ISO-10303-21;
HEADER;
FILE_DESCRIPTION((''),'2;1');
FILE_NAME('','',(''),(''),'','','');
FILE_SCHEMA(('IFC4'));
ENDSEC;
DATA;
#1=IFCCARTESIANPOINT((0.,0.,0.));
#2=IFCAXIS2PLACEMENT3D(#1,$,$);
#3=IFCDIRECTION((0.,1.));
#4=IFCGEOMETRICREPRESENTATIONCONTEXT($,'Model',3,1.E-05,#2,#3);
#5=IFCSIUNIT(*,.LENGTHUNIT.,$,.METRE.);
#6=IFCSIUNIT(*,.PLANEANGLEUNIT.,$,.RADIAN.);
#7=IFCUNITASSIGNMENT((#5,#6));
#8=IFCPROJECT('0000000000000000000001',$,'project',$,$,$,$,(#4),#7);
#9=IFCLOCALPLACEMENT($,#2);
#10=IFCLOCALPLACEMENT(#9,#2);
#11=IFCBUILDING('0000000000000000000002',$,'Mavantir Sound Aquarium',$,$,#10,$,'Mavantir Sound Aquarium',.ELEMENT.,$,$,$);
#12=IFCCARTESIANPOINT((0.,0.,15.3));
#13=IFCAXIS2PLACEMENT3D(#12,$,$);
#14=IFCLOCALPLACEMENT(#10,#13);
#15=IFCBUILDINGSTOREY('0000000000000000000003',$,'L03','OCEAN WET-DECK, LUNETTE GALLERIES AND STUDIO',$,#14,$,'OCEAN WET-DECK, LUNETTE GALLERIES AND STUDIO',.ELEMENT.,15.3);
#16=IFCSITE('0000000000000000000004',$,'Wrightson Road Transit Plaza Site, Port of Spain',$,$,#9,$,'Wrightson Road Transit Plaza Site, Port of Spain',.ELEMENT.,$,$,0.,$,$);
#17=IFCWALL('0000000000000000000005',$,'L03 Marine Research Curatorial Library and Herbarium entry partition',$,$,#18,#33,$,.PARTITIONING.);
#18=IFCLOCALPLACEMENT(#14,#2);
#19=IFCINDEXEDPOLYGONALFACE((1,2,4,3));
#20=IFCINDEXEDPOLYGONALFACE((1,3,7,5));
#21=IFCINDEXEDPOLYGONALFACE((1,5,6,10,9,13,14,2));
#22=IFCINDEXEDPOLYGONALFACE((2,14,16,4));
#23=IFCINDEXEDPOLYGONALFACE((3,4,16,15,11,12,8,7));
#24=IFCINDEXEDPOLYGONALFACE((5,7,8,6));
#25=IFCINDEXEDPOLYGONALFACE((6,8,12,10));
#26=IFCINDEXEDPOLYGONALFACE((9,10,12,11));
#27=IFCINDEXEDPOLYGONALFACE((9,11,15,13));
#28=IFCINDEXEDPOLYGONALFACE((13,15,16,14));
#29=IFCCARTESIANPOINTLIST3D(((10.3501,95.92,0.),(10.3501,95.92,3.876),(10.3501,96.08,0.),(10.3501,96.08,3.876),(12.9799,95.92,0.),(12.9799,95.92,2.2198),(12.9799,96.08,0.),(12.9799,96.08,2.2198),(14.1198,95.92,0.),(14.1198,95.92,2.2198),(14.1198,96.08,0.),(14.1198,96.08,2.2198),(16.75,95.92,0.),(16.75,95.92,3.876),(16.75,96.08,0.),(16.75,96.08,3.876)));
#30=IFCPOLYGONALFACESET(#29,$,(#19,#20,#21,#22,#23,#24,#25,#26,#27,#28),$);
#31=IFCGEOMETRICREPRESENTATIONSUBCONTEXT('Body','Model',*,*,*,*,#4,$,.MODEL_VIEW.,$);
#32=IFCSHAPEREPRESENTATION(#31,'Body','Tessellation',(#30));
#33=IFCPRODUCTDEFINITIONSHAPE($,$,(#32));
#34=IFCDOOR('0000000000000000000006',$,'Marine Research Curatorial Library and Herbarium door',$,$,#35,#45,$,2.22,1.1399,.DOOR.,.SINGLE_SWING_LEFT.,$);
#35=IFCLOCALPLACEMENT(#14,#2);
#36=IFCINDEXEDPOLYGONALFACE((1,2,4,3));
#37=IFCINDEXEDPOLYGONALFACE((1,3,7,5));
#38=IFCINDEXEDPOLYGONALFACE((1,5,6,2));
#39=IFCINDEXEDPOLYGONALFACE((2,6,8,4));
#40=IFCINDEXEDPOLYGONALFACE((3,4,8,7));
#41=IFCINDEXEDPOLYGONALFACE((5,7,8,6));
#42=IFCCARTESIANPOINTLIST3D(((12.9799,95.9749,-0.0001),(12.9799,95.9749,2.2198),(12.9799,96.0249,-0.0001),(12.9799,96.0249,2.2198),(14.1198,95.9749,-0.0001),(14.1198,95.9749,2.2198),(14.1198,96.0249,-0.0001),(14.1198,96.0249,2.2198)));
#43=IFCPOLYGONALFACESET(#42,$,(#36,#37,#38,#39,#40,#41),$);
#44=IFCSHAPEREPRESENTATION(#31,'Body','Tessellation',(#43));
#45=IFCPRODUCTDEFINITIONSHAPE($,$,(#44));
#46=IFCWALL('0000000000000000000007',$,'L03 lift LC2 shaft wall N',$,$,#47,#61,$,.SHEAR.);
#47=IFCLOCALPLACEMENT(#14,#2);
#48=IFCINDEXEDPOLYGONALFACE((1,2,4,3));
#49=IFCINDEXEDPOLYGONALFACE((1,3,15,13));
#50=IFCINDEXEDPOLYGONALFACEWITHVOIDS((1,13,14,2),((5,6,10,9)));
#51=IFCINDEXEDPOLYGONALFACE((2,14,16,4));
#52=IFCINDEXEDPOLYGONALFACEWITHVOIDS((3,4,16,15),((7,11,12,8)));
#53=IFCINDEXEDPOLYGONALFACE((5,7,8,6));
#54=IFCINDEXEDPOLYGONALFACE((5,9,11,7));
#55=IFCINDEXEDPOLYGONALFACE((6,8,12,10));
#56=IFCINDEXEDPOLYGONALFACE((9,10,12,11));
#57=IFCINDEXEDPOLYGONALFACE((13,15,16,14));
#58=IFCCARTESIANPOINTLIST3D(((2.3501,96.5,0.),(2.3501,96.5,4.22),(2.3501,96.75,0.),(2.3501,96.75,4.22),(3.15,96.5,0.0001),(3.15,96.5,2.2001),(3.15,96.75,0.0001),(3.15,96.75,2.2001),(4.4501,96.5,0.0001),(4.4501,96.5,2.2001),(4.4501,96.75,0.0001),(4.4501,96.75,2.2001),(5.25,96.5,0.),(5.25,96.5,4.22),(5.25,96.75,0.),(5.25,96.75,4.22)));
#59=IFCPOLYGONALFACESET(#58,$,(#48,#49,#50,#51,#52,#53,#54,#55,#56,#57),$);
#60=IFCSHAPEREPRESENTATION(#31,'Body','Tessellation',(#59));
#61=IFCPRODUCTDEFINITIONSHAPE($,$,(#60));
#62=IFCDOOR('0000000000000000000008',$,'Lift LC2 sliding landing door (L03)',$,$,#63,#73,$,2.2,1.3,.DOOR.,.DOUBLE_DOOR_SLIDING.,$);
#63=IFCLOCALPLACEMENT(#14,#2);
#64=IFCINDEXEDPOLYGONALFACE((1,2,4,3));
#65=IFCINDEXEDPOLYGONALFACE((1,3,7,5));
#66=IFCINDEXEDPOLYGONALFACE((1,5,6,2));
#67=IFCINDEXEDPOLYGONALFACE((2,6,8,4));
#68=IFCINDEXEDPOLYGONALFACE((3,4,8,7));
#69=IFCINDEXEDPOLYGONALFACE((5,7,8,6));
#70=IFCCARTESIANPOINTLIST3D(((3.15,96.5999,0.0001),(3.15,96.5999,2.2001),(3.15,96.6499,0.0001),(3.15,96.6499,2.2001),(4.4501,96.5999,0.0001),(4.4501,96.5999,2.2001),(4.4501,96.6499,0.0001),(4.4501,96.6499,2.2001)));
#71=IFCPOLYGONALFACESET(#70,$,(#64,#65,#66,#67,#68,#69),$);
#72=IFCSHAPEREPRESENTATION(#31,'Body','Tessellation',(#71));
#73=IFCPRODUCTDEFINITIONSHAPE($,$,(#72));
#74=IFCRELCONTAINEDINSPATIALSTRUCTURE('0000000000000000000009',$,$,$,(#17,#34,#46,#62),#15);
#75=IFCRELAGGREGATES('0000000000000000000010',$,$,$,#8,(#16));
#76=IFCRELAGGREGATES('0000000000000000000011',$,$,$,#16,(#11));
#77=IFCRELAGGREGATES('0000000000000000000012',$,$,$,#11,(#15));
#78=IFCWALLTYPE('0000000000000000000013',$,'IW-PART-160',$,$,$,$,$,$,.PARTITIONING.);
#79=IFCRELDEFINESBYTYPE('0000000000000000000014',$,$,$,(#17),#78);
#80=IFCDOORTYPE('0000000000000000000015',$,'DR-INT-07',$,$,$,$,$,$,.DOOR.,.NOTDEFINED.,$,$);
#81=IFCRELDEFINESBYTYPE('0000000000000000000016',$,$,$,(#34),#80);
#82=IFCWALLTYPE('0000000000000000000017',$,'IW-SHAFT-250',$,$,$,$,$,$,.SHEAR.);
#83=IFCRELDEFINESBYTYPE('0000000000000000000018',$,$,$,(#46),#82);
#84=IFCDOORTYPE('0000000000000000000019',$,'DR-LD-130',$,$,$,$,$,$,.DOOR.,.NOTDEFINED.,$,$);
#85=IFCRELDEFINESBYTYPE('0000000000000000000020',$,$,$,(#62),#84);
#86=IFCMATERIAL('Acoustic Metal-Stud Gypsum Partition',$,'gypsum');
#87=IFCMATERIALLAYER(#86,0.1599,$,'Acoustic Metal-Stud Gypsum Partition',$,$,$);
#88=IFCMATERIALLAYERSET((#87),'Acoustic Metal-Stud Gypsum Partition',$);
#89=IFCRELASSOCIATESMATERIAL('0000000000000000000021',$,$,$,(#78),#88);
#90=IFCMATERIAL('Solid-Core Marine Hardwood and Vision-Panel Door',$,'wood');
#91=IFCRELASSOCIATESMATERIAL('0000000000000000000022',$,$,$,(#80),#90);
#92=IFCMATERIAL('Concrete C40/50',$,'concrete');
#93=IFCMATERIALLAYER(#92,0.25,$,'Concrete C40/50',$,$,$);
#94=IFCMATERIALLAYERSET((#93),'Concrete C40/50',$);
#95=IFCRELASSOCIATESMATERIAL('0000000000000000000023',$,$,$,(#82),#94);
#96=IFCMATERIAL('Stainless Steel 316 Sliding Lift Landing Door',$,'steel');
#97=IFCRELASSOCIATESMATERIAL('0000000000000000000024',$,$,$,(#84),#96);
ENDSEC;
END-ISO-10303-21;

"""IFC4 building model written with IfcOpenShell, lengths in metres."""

from ifc_helpers import new_model, si_unit, direction, frame, frame_2d, origin, place, context, subcontext, project, spatial, rectangle, extrude, material, layer, layer_set, type_object, element, fill, save


model = new_model("IFC4")

# Units and contexts
model_context = context("Model", 3, precision=1e-05, world=origin(), true_north=direction((0.0, 1.0)))
body_context = subcontext(model_context, "Body", "Model", "MODEL_VIEW")
ifc_project = project(units=[si_unit("LENGTHUNIT", "METRE"), si_unit("PLANEANGLEUNIT", "RADIAN")], contexts=[model_context])

# Site, building, storey
site_placement = place(None, origin())
site = spatial("IfcSite", under=ifc_project, at=site_placement, Name="Wrightson Road Transit Plaza Site, Port of Spain", LongName="Wrightson Road Transit Plaza Site, Port of Spain", CompositionType="ELEMENT", RefElevation=0.0)
building_placement = place(site_placement, origin())
building = spatial("IfcBuilding", under=site, at=building_placement, Name="Mavantir Sound Aquarium", LongName="Mavantir Sound Aquarium", CompositionType="ELEMENT")
storey_placement = place(building_placement, frame((0.0, 0.0, 15.3)))
storey = spatial("IfcBuildingStorey", under=building, at=storey_placement, Name="L03", Description="OCEAN WET-DECK, LUNETTE GALLERIES AND STUDIO", LongName="OCEAN WET-DECK, LUNETTE GALLERIES AND STUDIO", CompositionType="ELEMENT", Elevation=15.3)

# Shared definitions
ifc_material_1 = material(Name="Concrete C40/50", Category="concrete")

# Walls, openings, doors
ifc_material_2 = material(Name="Acoustic Metal-Stud Gypsum Partition", Category="gypsum")
ifc_layer_1 = layer(ifc_material_2, 0.1599, Name="Acoustic Metal-Stud Gypsum Partition")
ifc_layer_set_1 = layer_set([ifc_layer_1], Name="Acoustic Metal-Stud Gypsum Partition")
wall_type_1 = type_object("IfcWallType", Name="IW-PART-160", PredefinedType="PARTITIONING", material=ifc_layer_set_1)
wall_1_placement = place(storey_placement, frame((10.3501, 96.0, 0.0), z_axis=(0.0, 0.0, 1.0), x_axis=(1.0, 0.0, 0.0)))
wall_1 = element("IfcWall", 1, at=wall_1_placement, inside=storey, type_object=wall_type_1, Name="L03 Marine Research Curatorial Library and Herbarium entry partition", PredefinedType="PARTITIONING", context=body_context, shape_type="SweptSolid", body=[
    extrude(rectangle(XDim=6.3999, YDim=0.1599, at=frame_2d((3.2, 0.0))), origin(), (0.0, 0.0, 1.0), 3.876),
])
opening_1_placement = place(wall_1_placement, frame((2.6299, 0.0, 0.0)))
opening_1 = element("IfcOpeningElement", 2, at=opening_1_placement, cuts=wall_1, PredefinedType="OPENING", context=body_context, shape_type="SweptSolid", body=[
    extrude(rectangle(XDim=1.1399, YDim=2.22, at=frame_2d((0.5698, 1.1099))), frame((0.0, 0.0898, 0.0), z_axis=(0.0, -1.0, 0.0), x_axis=(1.0, 0.0, 0.0)), (0.0, 0.0, 1.0), 0.1799),
])
ifc_material_3 = material(Name="Solid-Core Marine Hardwood and Vision-Panel Door", Category="wood")
door_type_1 = type_object("IfcDoorType", Name="DR-INT-07", OperationType="NOTDEFINED", PredefinedType="DOOR", material=ifc_material_3)
door_1_placement = place(opening_1_placement, origin())
door_1 = element("IfcDoor", 3, at=door_1_placement, inside=storey, type_object=door_type_1, Name="Marine Research Curatorial Library and Herbarium door", OperationType="SINGLE_SWING_LEFT", OverallHeight=2.22, OverallWidth=1.1399, PredefinedType="DOOR", context=body_context, shape_type="SweptSolid", body=[
    extrude(rectangle(XDim=1.1399, YDim=2.22, at=frame_2d((0.5698, 1.1099))), frame((0.0, 0.0249, 0.0), z_axis=(0.0, -1.0, 0.0), x_axis=(1.0, 0.0, 0.0)), (0.0, 0.0, 1.0), 0.05),
])
fill(opening_1, door_1)
ifc_layer_2 = layer(ifc_material_1, 0.25, Name="Concrete C40/50")
ifc_layer_set_2 = layer_set([ifc_layer_2], Name="Concrete C40/50")
wall_type_2 = type_object("IfcWallType", Name="IW-SHAFT-250", PredefinedType="SHEAR", material=ifc_layer_set_2)
wall_2_placement = place(storey_placement, frame((2.3501, 96.625, 0.0), z_axis=(0.0, 0.0, 1.0), x_axis=(1.0, 0.0, 0.0)))
wall_2 = element("IfcWall", 4, at=wall_2_placement, inside=storey, type_object=wall_type_2, Name="L03 lift LC2 shaft wall N", PredefinedType="SHEAR", context=body_context, shape_type="SweptSolid", body=[
    extrude(rectangle(XDim=2.8999, YDim=0.25, at=frame_2d((1.45, 0.0))), origin(), (0.0, 0.0, 1.0), 4.22),
])
opening_2_placement = place(wall_2_placement, frame((0.8, 0.0, 0.0)))
opening_2 = element("IfcOpeningElement", 5, at=opening_2_placement, cuts=wall_2, PredefinedType="OPENING", context=body_context, shape_type="SweptSolid", body=[
    extrude(rectangle(XDim=1.3, YDim=2.2, at=frame_2d((0.6499, 1.1001))), frame((0.0, 0.135, 0.0), z_axis=(0.0, -1.0, 0.0), x_axis=(1.0, 0.0, 0.0)), (0.0, 0.0, 1.0), 0.27),
])
ifc_material_4 = material(Name="Stainless Steel 316 Sliding Lift Landing Door", Category="steel")
door_type_2 = type_object("IfcDoorType", Name="DR-LD-130", OperationType="NOTDEFINED", PredefinedType="DOOR", material=ifc_material_4)
door_2_placement = place(opening_2_placement, origin())
door_2 = element("IfcDoor", 6, at=door_2_placement, inside=storey, type_object=door_type_2, Name="Lift LC2 sliding landing door (L03)", OperationType="DOUBLE_DOOR_SLIDING", OverallHeight=2.2, OverallWidth=1.3, PredefinedType="DOOR", context=body_context, shape_type="SweptSolid", body=[
    extrude(rectangle(XDim=1.3, YDim=2.2, at=frame_2d((0.6499, 1.1001))), frame((0.0, 0.0249, 0.0), z_axis=(0.0, -1.0, 0.0), x_axis=(1.0, 0.0, 0.0)), (0.0, 0.0, 1.0), 0.05),
])
fill(opening_2, door_2)

save(model, "model.ifc")
